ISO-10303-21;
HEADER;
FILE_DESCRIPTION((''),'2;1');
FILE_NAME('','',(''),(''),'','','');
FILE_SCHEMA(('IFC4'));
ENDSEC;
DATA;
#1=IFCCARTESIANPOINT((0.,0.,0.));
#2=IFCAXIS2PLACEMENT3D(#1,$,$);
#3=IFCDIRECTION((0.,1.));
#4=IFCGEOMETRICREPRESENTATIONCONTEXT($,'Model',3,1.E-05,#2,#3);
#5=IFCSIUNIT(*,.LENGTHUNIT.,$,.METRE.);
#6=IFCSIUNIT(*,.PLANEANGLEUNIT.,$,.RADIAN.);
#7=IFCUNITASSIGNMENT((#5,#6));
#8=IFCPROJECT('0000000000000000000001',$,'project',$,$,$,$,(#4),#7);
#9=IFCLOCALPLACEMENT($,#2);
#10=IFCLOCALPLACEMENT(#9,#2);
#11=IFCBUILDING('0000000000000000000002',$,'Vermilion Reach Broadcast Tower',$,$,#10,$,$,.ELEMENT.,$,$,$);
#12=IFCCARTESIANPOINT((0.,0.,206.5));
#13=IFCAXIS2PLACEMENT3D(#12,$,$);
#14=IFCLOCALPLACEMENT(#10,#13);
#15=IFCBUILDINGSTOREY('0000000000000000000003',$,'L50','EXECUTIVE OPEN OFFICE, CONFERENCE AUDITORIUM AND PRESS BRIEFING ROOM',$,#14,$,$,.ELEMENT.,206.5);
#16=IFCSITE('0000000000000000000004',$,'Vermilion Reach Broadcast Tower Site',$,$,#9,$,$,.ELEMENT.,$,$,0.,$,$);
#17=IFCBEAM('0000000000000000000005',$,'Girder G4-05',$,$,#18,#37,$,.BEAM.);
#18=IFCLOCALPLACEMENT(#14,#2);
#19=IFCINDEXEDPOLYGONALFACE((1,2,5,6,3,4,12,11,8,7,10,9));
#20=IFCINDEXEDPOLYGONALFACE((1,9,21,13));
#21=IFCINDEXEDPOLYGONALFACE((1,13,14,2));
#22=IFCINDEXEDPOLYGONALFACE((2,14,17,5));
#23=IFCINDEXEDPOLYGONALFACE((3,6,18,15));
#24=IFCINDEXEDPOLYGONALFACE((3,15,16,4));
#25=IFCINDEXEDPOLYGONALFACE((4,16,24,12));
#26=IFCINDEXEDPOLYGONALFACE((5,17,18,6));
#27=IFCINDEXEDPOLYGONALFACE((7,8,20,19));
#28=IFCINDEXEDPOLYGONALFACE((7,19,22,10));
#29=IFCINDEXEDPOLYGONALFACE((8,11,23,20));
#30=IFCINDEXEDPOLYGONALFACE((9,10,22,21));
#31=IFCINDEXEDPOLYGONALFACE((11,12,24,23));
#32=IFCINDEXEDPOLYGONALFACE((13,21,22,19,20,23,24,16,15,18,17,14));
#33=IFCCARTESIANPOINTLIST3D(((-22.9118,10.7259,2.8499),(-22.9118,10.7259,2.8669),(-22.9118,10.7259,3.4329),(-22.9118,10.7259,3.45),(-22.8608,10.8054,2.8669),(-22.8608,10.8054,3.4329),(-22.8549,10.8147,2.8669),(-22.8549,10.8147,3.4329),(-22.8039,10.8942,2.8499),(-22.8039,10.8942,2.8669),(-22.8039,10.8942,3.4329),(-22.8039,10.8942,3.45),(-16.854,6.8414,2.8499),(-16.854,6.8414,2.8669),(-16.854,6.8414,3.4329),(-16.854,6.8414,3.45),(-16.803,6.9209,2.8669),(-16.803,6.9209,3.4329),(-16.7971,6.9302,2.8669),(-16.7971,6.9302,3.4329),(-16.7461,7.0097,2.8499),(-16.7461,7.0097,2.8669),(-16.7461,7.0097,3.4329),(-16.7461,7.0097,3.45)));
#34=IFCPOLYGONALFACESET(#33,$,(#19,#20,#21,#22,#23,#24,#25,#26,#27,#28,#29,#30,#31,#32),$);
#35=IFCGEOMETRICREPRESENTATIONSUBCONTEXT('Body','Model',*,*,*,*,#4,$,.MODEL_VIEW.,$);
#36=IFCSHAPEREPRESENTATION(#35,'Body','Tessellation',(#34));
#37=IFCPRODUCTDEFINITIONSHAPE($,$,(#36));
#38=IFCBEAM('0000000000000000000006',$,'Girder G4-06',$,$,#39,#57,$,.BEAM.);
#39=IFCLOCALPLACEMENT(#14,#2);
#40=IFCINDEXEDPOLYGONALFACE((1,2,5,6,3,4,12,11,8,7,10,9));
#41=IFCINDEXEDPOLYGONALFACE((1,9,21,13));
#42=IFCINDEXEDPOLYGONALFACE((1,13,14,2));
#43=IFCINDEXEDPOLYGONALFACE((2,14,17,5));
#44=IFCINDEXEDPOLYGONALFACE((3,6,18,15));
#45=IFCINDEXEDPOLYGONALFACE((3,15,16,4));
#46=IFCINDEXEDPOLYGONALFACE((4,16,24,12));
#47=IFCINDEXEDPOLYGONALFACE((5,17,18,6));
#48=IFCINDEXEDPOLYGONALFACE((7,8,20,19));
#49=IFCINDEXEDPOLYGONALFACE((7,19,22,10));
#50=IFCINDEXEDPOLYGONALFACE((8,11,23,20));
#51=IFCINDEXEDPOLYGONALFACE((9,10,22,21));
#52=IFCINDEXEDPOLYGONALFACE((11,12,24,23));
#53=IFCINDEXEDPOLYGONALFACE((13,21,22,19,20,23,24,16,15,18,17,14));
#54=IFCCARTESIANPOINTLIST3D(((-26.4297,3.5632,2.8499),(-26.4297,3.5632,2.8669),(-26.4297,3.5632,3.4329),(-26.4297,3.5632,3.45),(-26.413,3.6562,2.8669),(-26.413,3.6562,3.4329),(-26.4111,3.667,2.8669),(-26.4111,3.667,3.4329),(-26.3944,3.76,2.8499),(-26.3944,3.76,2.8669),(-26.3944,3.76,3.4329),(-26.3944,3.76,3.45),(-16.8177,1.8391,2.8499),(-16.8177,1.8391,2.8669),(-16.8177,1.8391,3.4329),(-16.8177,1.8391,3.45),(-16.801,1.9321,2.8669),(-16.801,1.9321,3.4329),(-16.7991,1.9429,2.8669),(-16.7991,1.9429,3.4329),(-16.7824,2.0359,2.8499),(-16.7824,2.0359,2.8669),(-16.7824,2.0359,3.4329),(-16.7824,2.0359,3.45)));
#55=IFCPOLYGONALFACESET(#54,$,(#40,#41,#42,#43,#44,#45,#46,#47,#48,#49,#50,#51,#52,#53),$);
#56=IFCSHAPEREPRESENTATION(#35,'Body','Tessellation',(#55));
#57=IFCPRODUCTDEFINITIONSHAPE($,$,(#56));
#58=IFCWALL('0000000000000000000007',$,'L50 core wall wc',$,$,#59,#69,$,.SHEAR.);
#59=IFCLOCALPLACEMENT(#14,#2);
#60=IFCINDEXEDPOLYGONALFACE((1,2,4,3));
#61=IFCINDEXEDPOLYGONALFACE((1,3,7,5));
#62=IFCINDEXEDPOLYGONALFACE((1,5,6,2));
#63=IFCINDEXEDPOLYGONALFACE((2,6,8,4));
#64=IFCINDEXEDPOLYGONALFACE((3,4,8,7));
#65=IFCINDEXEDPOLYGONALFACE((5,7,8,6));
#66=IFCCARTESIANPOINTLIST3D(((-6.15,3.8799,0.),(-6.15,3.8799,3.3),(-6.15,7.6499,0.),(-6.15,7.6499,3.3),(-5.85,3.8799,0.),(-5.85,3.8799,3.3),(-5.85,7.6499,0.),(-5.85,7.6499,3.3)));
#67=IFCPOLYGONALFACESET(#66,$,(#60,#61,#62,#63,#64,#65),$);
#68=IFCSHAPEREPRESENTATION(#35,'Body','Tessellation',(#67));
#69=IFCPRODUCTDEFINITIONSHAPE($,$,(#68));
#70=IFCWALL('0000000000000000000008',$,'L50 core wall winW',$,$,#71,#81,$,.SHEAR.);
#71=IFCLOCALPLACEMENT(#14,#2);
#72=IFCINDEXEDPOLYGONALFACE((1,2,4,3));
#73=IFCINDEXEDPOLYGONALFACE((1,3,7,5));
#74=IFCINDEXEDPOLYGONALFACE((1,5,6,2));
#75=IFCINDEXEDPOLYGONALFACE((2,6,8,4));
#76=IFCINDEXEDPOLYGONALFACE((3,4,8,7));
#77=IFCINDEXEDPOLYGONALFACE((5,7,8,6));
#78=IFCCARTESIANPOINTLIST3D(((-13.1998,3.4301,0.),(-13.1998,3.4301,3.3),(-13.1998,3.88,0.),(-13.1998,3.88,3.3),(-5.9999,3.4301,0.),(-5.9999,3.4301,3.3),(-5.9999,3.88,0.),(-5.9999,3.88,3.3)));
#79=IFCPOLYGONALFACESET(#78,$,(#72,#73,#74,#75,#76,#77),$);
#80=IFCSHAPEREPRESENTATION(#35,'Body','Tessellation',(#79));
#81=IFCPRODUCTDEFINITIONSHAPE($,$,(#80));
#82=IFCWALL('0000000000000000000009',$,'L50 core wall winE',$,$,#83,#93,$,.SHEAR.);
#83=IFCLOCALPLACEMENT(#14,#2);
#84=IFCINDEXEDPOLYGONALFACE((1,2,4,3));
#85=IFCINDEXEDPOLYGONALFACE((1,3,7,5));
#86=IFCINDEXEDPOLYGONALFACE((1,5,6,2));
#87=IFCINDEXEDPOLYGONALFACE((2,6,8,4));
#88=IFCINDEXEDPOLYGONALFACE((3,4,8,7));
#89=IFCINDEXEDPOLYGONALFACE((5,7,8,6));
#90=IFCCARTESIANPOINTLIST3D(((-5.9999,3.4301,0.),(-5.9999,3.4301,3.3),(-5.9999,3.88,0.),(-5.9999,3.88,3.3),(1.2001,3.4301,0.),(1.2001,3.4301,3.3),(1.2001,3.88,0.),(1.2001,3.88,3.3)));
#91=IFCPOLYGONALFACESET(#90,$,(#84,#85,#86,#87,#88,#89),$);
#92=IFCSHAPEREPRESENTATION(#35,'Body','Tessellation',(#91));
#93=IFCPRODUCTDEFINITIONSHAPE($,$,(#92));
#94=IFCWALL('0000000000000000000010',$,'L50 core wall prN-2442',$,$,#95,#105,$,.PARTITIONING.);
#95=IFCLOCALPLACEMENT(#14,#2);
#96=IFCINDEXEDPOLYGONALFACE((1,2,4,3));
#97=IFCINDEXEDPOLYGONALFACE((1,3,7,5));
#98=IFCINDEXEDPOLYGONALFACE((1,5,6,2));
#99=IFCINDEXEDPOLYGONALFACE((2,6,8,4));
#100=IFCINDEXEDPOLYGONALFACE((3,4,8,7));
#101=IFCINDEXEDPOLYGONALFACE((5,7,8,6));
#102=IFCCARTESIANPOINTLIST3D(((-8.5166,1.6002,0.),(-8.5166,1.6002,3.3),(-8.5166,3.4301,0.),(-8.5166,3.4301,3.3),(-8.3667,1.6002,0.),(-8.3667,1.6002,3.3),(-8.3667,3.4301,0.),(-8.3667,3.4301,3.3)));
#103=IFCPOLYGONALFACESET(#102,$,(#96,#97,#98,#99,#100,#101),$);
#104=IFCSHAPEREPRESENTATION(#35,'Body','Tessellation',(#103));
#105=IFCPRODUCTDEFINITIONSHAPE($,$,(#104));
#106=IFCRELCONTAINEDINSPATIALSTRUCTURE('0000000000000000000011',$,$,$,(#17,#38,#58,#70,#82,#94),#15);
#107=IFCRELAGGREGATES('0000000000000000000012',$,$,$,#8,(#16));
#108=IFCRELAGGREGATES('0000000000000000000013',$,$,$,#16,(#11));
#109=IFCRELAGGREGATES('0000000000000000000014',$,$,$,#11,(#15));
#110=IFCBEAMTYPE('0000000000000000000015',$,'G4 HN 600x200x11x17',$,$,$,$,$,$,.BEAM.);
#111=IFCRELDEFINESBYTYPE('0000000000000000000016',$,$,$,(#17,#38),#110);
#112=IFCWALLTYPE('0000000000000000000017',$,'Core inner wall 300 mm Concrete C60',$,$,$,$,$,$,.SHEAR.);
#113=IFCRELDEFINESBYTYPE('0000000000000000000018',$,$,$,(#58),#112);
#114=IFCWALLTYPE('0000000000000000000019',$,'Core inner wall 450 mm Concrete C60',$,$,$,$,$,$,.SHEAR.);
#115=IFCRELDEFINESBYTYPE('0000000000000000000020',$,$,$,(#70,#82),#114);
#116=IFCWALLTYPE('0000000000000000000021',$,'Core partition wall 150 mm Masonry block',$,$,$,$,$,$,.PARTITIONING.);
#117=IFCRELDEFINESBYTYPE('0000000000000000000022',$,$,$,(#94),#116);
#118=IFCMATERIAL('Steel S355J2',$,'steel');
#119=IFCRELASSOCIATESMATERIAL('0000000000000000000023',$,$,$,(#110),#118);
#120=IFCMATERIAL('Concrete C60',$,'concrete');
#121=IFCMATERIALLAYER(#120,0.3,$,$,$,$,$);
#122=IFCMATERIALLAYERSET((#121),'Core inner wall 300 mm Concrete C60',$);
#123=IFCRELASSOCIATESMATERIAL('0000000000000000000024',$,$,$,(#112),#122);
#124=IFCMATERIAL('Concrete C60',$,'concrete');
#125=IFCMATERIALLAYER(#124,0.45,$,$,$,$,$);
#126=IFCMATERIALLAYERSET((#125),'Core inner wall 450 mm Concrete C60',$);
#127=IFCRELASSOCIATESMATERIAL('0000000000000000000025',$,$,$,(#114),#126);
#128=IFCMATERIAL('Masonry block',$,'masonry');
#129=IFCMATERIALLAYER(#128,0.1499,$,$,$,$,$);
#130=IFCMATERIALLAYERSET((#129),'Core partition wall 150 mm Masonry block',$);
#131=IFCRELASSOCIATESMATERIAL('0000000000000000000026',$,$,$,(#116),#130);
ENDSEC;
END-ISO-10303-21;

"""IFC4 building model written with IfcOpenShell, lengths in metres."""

from ifc_helpers import new_model, si_unit, direction, frame, frame_2d, origin, origin_2d, place, context, subcontext, project, spatial, rectangle, i_section, extrude, material, layer, layer_set, material_profile, profile_set, type_object, element, save


model = new_model("IFC4")

# Units and contexts
model_context = context("Model", 3, precision=1e-05, world=origin(), true_north=direction((0.0, 1.0)))
body_context = subcontext(model_context, "Body", "Model", "MODEL_VIEW")
ifc_project = project(units=[si_unit("LENGTHUNIT", "METRE"), si_unit("PLANEANGLEUNIT", "RADIAN")], contexts=[model_context])

# Site, building, storey
site_placement = place(None, origin())
site = spatial("IfcSite", under=ifc_project, at=site_placement, Name="Vermilion Reach Broadcast Tower Site", CompositionType="ELEMENT", RefElevation=0.0)
building_placement = place(site_placement, origin())
building = spatial("IfcBuilding", under=site, at=building_placement, Name="Vermilion Reach Broadcast Tower", CompositionType="ELEMENT")
storey_placement = place(building_placement, frame((0.0, 0.0, 206.5)))
storey = spatial("IfcBuildingStorey", under=building, at=storey_placement, Name="L50", Description="EXECUTIVE OPEN OFFICE, CONFERENCE AUDITORIUM AND PRESS BRIEFING ROOM", CompositionType="ELEMENT", Elevation=206.5)

# Beams
ifc_material_1 = material(Name="Steel S355J2", Category="steel")
ifc_material_profile = material_profile(ifc_material_1, i_section(OverallWidth=0.2, OverallDepth=0.6001, WebThickness=0.011, FlangeThickness=0.0171, at=origin_2d()), Name="S355J2 HN 600x200x11x17")
ifc_profile_set = profile_set([ifc_material_profile], Name="Steel S355J2")
beam_type = type_object("IfcBeamType", Name="G4 HN 600x200x11x17", PredefinedType="BEAM", material=ifc_profile_set)
beam_1_placement = place(storey_placement, frame((-16.8, 6.9255, 3.1499), z_axis=(-0.841799, 0.539792, 0.0), x_axis=(-0.539792, -0.841799, 0.0)))
element("IfcBeam", 1, at=beam_1_placement, inside=storey, type_object=beam_type, Name="Girder G4-05", PredefinedType="BEAM", context=body_context, shape_type="SweptSolid", body=[
    extrude(i_section(OverallWidth=0.2, OverallDepth=0.6001, WebThickness=0.011, FlangeThickness=0.0171, at=origin_2d()), origin(), (0.0, 0.0, 1.0), 7.1963),
])
beam_2_placement = place(storey_placement, frame((-16.8, 1.9375, 3.1499), z_axis=(-0.984291, 0.176553, 0.0), x_axis=(-0.176553, -0.984291, 0.0)))
element("IfcBeam", 2, at=beam_2_placement, inside=storey, type_object=beam_type, Name="Girder G4-06", PredefinedType="BEAM", context=body_context, shape_type="SweptSolid", body=[
    extrude(i_section(OverallWidth=0.2, OverallDepth=0.6001, WebThickness=0.011, FlangeThickness=0.0171, at=origin_2d()), origin(), (0.0, 0.0, 1.0), 9.7654),
])

# Walls
ifc_material_2 = material(Name="Concrete C60", Category="concrete")
ifc_layer_1 = layer(ifc_material_2, 0.3)
ifc_layer_set_1 = layer_set([ifc_layer_1], Name="Core inner wall 300 mm Concrete C60")
wall_type_1 = type_object("IfcWallType", Name="Core inner wall 300 mm Concrete C60", PredefinedType="SHEAR", material=ifc_layer_set_1)
wall_1_placement = place(storey_placement, frame((-6.0, 3.8799, 0.0), z_axis=(0.0, 0.0, 1.0), x_axis=(0.0, 1.0, 0.0)))
element("IfcWall", 3, at=wall_1_placement, inside=storey, type_object=wall_type_1, Name="L50 core wall wc", PredefinedType="SHEAR", context=body_context, shape_type="SweptSolid", body=[
    extrude(rectangle(XDim=3.77, YDim=0.3, at=frame_2d((1.885, 0.0))), origin(), (0.0, 0.0, 1.0), 3.3),
])
ifc_material_3 = material(Name="Concrete C60", Category="concrete")
ifc_layer_2 = layer(ifc_material_3, 0.45)
ifc_layer_set_2 = layer_set([ifc_layer_2], Name="Core inner wall 450 mm Concrete C60")
wall_type_2 = type_object("IfcWallType", Name="Core inner wall 450 mm Concrete C60", PredefinedType="SHEAR", material=ifc_layer_set_2)
for number, where, z_axis, x_axis, name in (
    (4, (-13.2, 3.655, 0.0), (0.0, 0.0, 1.0), (1.0, 0.0, 0.0), "L50 core wall winW"),
    (5, (-6.0, 3.655, 0.0), (0.0, 0.0, 1.0), (1.0, 0.0, 0.0), "L50 core wall winE"),
):
    element("IfcWall", number, at=place(storey_placement, frame(where, z_axis=z_axis, x_axis=x_axis)), inside=storey, type_object=wall_type_2, Name=name, PredefinedType="SHEAR", context=body_context, shape_type="SweptSolid", body=[
        extrude(rectangle(XDim=7.2, YDim=0.45, at=frame_2d((3.6001, 0.0))), origin(), (0.0, 0.0, 1.0), 3.3),
    ])
ifc_material_4 = material(Name="Masonry block", Category="masonry")
ifc_layer_3 = layer(ifc_material_4, 0.1499)
ifc_layer_set_3 = layer_set([ifc_layer_3], Name="Core partition wall 150 mm Masonry block")
wall_type_3 = type_object("IfcWallType", Name="Core partition wall 150 mm Masonry block", PredefinedType="PARTITIONING", material=ifc_layer_set_3)
wall_2_placement = place(storey_placement, frame((-8.4417, 1.6001, 0.0), z_axis=(0.0, 0.0, 1.0), x_axis=(0.0, 1.0, 0.0)))
element("IfcWall", 6, at=wall_2_placement, inside=storey, type_object=wall_type_3, Name="L50 core wall prN-2442", PredefinedType="PARTITIONING", context=body_context, shape_type="SweptSolid", body=[
    extrude(rectangle(XDim=1.8298, YDim=0.1499, at=frame_2d((0.915, 0.0))), origin(), (0.0, 0.0, 1.0), 3.3),
])

save(model, "model.ifc")
